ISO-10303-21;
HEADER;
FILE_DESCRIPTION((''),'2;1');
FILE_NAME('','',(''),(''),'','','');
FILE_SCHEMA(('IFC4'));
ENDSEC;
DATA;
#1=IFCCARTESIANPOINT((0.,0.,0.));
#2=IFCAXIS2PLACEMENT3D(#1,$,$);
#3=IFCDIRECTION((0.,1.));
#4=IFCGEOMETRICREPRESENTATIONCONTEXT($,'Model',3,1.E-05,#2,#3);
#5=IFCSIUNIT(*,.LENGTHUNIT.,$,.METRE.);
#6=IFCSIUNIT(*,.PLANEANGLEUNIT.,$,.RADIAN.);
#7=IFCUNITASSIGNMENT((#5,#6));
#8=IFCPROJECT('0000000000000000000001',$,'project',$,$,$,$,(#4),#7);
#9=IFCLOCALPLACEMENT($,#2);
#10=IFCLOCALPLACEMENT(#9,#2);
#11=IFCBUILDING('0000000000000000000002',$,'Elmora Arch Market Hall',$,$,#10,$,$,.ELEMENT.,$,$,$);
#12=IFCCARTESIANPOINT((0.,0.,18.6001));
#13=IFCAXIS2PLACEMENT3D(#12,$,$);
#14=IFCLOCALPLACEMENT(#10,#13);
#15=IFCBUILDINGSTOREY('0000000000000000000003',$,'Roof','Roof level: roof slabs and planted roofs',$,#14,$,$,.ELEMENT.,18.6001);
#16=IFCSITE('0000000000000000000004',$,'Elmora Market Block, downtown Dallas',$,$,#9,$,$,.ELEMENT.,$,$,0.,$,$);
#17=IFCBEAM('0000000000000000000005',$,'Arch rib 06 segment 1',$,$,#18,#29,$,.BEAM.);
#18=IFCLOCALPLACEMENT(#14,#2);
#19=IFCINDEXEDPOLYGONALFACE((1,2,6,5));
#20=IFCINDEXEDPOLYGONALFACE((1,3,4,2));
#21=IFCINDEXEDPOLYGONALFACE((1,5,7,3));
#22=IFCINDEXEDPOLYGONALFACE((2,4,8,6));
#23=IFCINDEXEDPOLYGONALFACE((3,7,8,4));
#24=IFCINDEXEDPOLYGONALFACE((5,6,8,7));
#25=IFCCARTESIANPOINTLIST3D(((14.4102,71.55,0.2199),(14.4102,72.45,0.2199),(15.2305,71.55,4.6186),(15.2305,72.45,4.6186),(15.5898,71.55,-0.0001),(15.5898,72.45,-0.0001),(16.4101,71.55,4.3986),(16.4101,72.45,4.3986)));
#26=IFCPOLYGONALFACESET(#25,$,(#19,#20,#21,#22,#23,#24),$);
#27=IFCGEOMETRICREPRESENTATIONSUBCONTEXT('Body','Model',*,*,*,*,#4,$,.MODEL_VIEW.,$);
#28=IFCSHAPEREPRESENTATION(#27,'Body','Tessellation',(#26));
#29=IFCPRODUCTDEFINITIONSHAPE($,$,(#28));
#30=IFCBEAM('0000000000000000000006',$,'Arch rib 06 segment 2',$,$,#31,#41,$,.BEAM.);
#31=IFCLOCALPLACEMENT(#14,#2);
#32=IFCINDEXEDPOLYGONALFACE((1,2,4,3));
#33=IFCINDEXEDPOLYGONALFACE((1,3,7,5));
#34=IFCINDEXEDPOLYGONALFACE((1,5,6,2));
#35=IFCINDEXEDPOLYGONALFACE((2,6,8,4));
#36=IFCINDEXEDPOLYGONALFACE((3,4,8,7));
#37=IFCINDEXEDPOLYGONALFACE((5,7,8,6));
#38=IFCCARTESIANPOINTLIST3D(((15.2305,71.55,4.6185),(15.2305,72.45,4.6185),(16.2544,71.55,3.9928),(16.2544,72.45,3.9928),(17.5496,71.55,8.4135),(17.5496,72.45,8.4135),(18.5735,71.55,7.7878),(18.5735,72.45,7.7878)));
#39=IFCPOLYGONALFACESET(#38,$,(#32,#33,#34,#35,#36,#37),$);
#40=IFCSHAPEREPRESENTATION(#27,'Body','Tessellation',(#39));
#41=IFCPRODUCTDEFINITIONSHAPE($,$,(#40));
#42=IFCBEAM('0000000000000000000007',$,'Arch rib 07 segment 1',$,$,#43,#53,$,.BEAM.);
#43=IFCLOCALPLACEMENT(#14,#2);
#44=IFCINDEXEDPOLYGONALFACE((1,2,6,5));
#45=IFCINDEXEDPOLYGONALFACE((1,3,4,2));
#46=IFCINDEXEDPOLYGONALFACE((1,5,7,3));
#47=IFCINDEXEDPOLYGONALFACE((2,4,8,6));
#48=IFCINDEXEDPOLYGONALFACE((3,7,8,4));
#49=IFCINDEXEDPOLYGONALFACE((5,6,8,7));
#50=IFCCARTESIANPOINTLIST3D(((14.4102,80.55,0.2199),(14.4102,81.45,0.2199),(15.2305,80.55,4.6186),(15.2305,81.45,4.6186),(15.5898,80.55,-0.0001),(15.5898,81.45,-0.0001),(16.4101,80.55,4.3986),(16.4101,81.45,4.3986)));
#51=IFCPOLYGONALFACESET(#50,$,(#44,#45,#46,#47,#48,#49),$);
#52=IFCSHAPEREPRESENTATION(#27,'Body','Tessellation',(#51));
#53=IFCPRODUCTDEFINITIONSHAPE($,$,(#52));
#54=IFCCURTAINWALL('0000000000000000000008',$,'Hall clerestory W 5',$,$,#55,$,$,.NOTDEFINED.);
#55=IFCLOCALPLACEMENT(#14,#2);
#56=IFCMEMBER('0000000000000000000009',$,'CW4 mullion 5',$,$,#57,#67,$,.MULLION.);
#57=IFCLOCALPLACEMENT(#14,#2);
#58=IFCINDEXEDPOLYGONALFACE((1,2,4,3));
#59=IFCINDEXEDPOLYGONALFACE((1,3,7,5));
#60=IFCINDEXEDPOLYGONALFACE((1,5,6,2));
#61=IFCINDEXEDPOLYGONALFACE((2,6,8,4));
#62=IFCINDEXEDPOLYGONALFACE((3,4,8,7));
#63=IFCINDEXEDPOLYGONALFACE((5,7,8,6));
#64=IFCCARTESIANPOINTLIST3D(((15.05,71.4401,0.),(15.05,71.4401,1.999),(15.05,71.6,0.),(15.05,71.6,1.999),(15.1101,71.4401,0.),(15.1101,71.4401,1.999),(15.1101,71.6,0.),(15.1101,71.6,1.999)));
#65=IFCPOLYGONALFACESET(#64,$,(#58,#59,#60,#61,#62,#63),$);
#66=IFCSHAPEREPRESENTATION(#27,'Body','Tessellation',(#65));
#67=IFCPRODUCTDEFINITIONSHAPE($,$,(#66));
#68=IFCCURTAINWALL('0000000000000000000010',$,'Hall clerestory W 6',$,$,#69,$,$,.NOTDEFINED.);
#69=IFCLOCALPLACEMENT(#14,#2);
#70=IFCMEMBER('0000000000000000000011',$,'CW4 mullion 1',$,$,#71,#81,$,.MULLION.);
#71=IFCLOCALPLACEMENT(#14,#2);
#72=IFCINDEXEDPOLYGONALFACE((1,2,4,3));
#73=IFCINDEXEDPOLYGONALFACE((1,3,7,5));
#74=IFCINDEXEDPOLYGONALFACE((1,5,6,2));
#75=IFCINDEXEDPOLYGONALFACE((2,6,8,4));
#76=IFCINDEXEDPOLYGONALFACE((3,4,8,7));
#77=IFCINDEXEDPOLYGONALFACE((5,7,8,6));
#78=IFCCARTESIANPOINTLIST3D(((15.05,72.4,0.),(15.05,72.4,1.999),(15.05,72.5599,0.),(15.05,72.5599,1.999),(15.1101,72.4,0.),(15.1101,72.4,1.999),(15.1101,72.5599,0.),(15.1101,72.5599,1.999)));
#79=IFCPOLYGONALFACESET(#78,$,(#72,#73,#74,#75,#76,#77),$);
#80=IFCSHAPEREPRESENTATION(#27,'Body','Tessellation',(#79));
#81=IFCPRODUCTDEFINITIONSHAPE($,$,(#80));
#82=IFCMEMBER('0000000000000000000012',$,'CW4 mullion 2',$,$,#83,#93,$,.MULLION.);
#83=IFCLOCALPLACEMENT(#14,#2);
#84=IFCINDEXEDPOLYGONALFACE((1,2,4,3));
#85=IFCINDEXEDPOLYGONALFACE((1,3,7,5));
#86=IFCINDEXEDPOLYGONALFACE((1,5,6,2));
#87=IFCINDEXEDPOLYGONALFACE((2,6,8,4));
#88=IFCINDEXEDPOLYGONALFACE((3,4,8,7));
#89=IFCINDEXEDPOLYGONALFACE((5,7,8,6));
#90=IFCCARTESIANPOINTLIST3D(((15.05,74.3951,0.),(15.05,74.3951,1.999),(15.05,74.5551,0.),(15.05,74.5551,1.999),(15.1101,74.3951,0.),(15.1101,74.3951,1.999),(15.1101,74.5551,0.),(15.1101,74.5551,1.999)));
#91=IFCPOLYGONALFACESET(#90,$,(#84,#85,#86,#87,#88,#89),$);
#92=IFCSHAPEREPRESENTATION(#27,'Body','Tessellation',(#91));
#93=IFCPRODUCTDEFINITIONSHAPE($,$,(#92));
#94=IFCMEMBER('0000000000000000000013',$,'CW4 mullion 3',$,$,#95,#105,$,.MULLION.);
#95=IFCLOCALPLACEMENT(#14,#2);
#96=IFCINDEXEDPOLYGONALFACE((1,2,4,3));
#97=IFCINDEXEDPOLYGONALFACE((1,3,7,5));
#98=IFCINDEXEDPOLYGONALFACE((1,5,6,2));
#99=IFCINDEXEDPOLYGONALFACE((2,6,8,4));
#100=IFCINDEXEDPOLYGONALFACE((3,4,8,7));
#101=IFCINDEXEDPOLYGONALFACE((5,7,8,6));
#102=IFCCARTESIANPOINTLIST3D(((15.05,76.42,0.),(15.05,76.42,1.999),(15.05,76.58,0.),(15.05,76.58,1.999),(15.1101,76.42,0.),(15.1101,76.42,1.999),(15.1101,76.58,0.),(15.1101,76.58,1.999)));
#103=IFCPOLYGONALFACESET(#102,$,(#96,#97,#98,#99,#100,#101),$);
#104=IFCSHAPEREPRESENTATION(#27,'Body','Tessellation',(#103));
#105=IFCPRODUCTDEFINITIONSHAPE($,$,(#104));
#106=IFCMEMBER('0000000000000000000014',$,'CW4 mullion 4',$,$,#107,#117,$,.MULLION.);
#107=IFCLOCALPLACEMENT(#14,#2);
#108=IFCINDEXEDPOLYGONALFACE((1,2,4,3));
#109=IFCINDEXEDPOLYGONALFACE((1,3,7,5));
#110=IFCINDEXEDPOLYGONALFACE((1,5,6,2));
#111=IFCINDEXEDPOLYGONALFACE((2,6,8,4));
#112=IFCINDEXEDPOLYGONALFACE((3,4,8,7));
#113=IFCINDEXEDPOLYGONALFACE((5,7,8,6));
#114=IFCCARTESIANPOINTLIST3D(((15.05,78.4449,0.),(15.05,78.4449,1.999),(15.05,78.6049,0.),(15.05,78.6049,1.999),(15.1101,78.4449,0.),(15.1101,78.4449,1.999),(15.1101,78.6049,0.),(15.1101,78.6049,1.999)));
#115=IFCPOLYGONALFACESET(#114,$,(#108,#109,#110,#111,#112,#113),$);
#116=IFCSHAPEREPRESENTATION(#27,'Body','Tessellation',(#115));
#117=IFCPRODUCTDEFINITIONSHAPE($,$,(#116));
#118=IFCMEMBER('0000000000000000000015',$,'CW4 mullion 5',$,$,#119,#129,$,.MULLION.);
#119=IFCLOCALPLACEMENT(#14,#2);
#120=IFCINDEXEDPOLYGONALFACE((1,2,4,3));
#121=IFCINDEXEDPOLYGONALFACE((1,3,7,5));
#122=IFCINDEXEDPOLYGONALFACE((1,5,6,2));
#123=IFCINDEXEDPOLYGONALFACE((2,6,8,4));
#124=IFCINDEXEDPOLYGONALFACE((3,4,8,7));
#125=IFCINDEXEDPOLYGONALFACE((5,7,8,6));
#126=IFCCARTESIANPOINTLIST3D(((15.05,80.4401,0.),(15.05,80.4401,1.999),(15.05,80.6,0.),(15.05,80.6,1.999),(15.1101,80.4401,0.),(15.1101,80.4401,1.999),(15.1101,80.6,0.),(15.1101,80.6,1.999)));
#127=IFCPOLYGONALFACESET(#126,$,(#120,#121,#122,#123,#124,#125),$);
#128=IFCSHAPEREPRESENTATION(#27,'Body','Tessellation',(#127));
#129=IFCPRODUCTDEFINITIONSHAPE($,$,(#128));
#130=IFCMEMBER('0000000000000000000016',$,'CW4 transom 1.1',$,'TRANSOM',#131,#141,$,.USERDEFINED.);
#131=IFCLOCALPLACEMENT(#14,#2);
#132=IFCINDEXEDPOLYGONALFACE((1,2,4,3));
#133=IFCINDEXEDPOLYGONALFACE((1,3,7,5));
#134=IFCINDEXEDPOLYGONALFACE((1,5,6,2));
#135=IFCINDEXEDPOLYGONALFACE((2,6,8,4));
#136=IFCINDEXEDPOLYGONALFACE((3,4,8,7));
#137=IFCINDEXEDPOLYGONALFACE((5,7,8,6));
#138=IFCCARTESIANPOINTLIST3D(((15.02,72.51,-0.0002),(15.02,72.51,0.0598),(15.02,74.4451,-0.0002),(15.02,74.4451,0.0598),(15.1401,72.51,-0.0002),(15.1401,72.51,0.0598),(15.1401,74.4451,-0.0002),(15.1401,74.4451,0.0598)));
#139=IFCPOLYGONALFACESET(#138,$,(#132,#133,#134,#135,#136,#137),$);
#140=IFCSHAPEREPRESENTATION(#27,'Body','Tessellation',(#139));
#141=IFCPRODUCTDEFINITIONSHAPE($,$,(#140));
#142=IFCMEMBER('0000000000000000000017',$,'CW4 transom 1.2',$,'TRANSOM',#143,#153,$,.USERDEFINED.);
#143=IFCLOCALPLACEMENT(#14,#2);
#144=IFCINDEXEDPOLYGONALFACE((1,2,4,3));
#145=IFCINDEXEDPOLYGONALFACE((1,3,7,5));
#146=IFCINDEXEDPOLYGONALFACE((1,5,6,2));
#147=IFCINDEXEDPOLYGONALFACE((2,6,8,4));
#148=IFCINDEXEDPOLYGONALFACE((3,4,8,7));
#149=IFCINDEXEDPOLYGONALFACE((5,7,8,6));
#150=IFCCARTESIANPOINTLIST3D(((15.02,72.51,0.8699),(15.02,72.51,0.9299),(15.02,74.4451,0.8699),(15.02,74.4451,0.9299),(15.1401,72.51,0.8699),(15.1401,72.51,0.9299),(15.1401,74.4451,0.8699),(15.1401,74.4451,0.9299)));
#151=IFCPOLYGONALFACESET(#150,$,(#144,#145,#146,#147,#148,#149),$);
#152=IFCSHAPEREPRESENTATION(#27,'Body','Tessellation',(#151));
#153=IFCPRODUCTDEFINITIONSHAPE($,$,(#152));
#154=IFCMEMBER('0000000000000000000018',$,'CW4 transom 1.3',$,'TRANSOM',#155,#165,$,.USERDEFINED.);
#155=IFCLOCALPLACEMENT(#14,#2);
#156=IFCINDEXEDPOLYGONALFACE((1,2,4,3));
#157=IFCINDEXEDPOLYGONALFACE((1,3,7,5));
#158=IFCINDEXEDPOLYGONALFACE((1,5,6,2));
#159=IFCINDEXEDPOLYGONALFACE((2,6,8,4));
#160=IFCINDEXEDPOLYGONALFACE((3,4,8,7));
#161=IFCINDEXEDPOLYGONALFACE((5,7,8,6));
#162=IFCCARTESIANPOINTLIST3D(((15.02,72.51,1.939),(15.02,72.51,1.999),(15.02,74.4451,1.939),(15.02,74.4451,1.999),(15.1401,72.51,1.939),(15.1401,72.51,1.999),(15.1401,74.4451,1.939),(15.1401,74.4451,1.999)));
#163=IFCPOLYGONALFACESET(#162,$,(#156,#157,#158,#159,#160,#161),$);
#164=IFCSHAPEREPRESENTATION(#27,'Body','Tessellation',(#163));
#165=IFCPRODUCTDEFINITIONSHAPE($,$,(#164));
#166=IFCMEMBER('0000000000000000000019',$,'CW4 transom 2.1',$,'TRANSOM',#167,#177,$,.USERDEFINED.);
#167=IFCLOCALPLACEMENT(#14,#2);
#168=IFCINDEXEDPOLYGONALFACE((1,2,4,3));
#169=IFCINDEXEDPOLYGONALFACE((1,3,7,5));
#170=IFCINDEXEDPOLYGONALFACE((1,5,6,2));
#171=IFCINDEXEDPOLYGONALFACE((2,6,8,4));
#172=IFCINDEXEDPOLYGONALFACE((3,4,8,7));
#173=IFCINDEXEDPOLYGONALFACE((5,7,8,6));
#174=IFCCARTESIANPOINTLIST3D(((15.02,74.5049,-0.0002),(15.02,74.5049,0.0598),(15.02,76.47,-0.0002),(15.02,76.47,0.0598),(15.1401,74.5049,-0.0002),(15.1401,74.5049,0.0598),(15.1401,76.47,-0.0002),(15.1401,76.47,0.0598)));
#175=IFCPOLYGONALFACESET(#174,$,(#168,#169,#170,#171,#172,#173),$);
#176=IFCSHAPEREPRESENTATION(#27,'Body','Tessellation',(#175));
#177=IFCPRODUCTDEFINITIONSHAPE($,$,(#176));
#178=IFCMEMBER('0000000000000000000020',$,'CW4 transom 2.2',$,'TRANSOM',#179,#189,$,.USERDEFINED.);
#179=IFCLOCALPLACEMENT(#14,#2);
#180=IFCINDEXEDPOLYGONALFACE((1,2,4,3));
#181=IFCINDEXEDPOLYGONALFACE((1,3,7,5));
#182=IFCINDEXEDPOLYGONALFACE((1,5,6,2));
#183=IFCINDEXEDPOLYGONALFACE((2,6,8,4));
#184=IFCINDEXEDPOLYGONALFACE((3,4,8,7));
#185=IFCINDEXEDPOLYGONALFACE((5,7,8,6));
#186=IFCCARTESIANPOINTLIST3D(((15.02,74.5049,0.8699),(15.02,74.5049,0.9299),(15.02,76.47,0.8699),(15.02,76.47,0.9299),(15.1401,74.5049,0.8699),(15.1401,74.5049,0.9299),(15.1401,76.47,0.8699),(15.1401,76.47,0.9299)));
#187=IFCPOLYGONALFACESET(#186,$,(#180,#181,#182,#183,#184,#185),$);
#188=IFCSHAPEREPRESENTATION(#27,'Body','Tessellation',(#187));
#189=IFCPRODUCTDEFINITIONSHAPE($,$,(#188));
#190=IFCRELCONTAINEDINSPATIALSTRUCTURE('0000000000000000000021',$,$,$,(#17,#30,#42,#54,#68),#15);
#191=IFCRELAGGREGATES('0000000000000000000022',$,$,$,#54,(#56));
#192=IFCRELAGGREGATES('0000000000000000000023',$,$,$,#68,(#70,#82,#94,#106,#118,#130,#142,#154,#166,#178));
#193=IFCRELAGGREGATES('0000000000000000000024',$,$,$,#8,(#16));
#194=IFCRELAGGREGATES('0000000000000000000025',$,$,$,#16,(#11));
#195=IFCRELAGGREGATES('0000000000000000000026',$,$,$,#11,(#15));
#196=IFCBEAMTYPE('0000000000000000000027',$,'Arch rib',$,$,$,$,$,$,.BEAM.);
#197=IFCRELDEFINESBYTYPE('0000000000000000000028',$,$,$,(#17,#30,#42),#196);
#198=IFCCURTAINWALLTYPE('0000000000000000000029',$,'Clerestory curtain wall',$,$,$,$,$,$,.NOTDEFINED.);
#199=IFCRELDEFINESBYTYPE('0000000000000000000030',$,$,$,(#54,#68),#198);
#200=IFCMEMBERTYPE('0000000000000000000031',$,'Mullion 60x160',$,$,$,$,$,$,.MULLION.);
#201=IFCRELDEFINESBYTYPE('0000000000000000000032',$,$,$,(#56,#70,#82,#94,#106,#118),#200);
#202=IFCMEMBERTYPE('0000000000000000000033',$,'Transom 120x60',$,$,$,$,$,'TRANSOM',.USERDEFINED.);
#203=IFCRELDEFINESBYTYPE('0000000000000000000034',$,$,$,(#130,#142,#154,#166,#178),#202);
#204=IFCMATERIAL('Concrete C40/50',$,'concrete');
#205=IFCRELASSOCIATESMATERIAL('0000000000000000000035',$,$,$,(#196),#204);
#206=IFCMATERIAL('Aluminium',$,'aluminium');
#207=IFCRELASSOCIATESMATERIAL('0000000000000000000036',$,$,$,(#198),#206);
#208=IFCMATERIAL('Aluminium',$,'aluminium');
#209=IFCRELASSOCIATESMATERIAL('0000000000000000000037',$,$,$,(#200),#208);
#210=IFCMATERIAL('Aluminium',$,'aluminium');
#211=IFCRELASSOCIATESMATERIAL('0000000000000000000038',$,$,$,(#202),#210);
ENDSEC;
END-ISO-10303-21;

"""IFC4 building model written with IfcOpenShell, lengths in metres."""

from ifc_helpers import new_model, si_unit, direction, frame, origin, origin_2d, place, context, subcontext, project, spatial, rectangle, extrude, material, material_profile, profile_set, type_object, element, aggregate, save


model = new_model("IFC4")

# Units and contexts
model_context = context("Model", 3, precision=1e-05, world=origin(), true_north=direction((0.0, 1.0)))
body_context = subcontext(model_context, "Body", "Model", "MODEL_VIEW")
ifc_project = project(units=[si_unit("LENGTHUNIT", "METRE"), si_unit("PLANEANGLEUNIT", "RADIAN")], contexts=[model_context])

# Site, building, storey
site_placement = place(None, origin())
site = spatial("IfcSite", under=ifc_project, at=site_placement, Name="Elmora Market Block, downtown Dallas", CompositionType="ELEMENT", RefElevation=0.0)
building_placement = place(site_placement, origin())
building = spatial("IfcBuilding", under=site, at=building_placement, Name="Elmora Arch Market Hall", CompositionType="ELEMENT")
storey_placement = place(building_placement, frame((0.0, 0.0, 18.6001)))
storey = spatial("IfcBuildingStorey", under=building, at=storey_placement, Name="Roof", Description="Roof level: roof slabs and planted roofs", CompositionType="ELEMENT", Elevation=18.6001)

# Beams
ifc_material_1 = material(Name="Concrete C40/50", Category="concrete")
ifc_material_profile_1 = material_profile(ifc_material_1, rectangle(XDim=0.8999, YDim=1.2, at=origin_2d()), Name="Arch rib")
ifc_profile_set_1 = profile_set([ifc_material_profile_1], Name="Concrete C40/50")
beam_type = type_object("IfcBeamType", Name="Arch rib", PredefinedType="BEAM", material=ifc_profile_set_1)
beam_1_placement = place(storey_placement, frame((15.0, 72.0, 0.1099), z_axis=(0.18333, 0.0, 0.983051), x_axis=(0.0, 1.0, 0.0)))
element("IfcBeam", 1, at=beam_1_placement, inside=storey, type_object=beam_type, Name="Arch rib 06 segment 1", PredefinedType="BEAM", context=body_context, shape_type="SweptSolid", body=[
    extrude(rectangle(XDim=0.8999, YDim=1.2, at=origin_2d()), origin(), (0.0, 0.0, 1.0), 4.4746),
])
beam_2_placement = place(storey_placement, frame((15.7424, 72.0, 4.3057), z_axis=(0.521446, 0.0, 0.853285), x_axis=(0.0, 1.0, 0.0)))
element("IfcBeam", 2, at=beam_2_placement, inside=storey, type_object=beam_type, Name="Arch rib 06 segment 2", PredefinedType="BEAM", context=body_context, shape_type="SweptSolid", body=[
    extrude(rectangle(XDim=0.8999, YDim=1.2, at=origin_2d()), origin(), (0.0, 0.0, 1.0), 4.4475),
])
beam_3_placement = place(storey_placement, frame((15.0, 81.0, 0.1099), z_axis=(0.18333, 0.0, 0.983051), x_axis=(0.0, 1.0, 0.0)))
element("IfcBeam", 3, at=beam_3_placement, inside=storey, type_object=beam_type, Name="Arch rib 07 segment 1", PredefinedType="BEAM", context=body_context, shape_type="SweptSolid", body=[
    extrude(rectangle(XDim=0.8999, YDim=1.2, at=origin_2d()), origin(), (0.0, 0.0, 1.0), 4.4746),
])

# Curtain wall, member
ifc_material_2 = material(Name="Aluminium", Category="aluminium")
curtain_wall_type = type_object("IfcCurtainWallType", Name="Clerestory curtain wall", PredefinedType="NOTDEFINED", material=ifc_material_2)
curtain_wall_1_placement = place(storey_placement, origin())
curtain_wall_1 = element("IfcCurtainWall", 4, at=curtain_wall_1_placement, inside=storey, type_object=curtain_wall_type, Name="Hall clerestory W 5", PredefinedType="NOTDEFINED")
ifc_material_3 = material(Name="Aluminium", Category="aluminium")
ifc_material_profile_2 = material_profile(ifc_material_3, rectangle(XDim=0.0601, YDim=0.1599, at=origin_2d()), Name="AL 60x160")
ifc_profile_set_2 = profile_set([ifc_material_profile_2], Name="Aluminium")
member_type_1 = type_object("IfcMemberType", Name="Mullion 60x160", PredefinedType="MULLION", material=ifc_profile_set_2)
member_1_placement = place(storey_placement, frame((15.0801, 71.52, 0.0), z_axis=(0.0, 0.0, 1.0), x_axis=(-1.0, 0.0, 0.0)))
member_1 = element("IfcMember", 5, at=member_1_placement, type_object=member_type_1, Name="CW4 mullion 5", PredefinedType="MULLION", context=body_context, shape_type="SweptSolid", body=[
    extrude(rectangle(XDim=0.0601, YDim=0.1599, at=origin_2d()), origin(), (0.0, 0.0, 1.0), 1.999),
])

# Curtain wall, members
curtain_wall_2_placement = place(storey_placement, origin())
curtain_wall_2 = element("IfcCurtainWall", 6, at=curtain_wall_2_placement, inside=storey, type_object=curtain_wall_type, Name="Hall clerestory W 6", PredefinedType="NOTDEFINED")
member_2_placement = place(storey_placement, frame((15.0801, 72.48, 0.0), z_axis=(0.0, 0.0, 1.0), x_axis=(-1.0, 0.0, 0.0)))
member_2 = element("IfcMember", 7, at=member_2_placement, type_object=member_type_1, Name="CW4 mullion 1", PredefinedType="MULLION", context=body_context, shape_type="SweptSolid", body=[
    extrude(rectangle(XDim=0.0601, YDim=0.1599, at=origin_2d()), origin(), (0.0, 0.0, 1.0), 1.999),
])
member_3_placement = place(storey_placement, frame((15.0801, 74.4751, 0.0), z_axis=(0.0, 0.0, 1.0), x_axis=(-1.0, 0.0, 0.0)))
member_3 = element("IfcMember", 8, at=member_3_placement, type_object=member_type_1, Name="CW4 mullion 2", PredefinedType="MULLION", context=body_context, shape_type="SweptSolid", body=[
    extrude(rectangle(XDim=0.0601, YDim=0.1599, at=origin_2d()), origin(), (0.0, 0.0, 1.0), 1.999),
])
member_4_placement = place(storey_placement, frame((15.0801, 76.5, 0.0), z_axis=(0.0, 0.0, 1.0), x_axis=(-1.0, 0.0, 0.0)))
member_4 = element("IfcMember", 9, at=member_4_placement, type_object=member_type_1, Name="CW4 mullion 3", PredefinedType="MULLION", context=body_context, shape_type="SweptSolid", body=[
    extrude(rectangle(XDim=0.0601, YDim=0.1599, at=origin_2d()), origin(), (0.0, 0.0, 1.0), 1.999),
])
member_5_placement = place(storey_placement, frame((15.0801, 78.5249, 0.0), z_axis=(0.0, 0.0, 1.0), x_axis=(-1.0, 0.0, 0.0)))
member_5 = element("IfcMember", 10, at=member_5_placement, type_object=member_type_1, Name="CW4 mullion 4", PredefinedType="MULLION", context=body_context, shape_type="SweptSolid", body=[
    extrude(rectangle(XDim=0.0601, YDim=0.1599, at=origin_2d()), origin(), (0.0, 0.0, 1.0), 1.999),
])
member_6_placement = place(storey_placement, frame((15.0801, 80.52, 0.0), z_axis=(0.0, 0.0, 1.0), x_axis=(-1.0, 0.0, 0.0)))
member_6 = element("IfcMember", 11, at=member_6_placement, type_object=member_type_1, Name="CW4 mullion 5", PredefinedType="MULLION", context=body_context, shape_type="SweptSolid", body=[
    extrude(rectangle(XDim=0.0601, YDim=0.1599, at=origin_2d()), origin(), (0.0, 0.0, 1.0), 1.999),
])
ifc_material_4 = material(Name="Aluminium", Category="aluminium")
ifc_material_profile_3 = material_profile(ifc_material_4, rectangle(XDim=0.1201, YDim=0.0601, at=origin_2d()), Name="AL 120x60")
ifc_profile_set_3 = profile_set([ifc_material_profile_3], Name="Aluminium")
member_type_2 = type_object("IfcMemberType", Name="Transom 120x60", ElementType="TRANSOM", PredefinedType="USERDEFINED", material=ifc_profile_set_3)
member_7_placement = place(storey_placement, frame((15.0801, 72.51, 0.0298), z_axis=(0.0, 1.0, 0.0), x_axis=(-1.0, 0.0, 0.0)))
member_7 = element("IfcMember", 12, at=member_7_placement, type_object=member_type_2, Name="CW4 transom 1.1", ObjectType="TRANSOM", PredefinedType="USERDEFINED", context=body_context, shape_type="SweptSolid", body=[
    extrude(rectangle(XDim=0.1201, YDim=0.0601, at=origin_2d()), origin(), (0.0, 0.0, 1.0), 1.9351),
])
member_8_placement = place(storey_placement, frame((15.0801, 72.51, 0.8999), z_axis=(0.0, 1.0, 0.0), x_axis=(-1.0, 0.0, 0.0)))
member_8 = element("IfcMember", 13, at=member_8_placement, type_object=member_type_2, Name="CW4 transom 1.2", ObjectType="TRANSOM", PredefinedType="USERDEFINED", context=body_context, shape_type="SweptSolid", body=[
    extrude(rectangle(XDim=0.1201, YDim=0.0601, at=origin_2d()), origin(), (0.0, 0.0, 1.0), 1.9351),
])
member_9_placement = place(storey_placement, frame((15.0801, 72.51, 1.969), z_axis=(0.0, 1.0, 0.0), x_axis=(-1.0, 0.0, 0.0)))
member_9 = element("IfcMember", 14, at=member_9_placement, type_object=member_type_2, Name="CW4 transom 1.3", ObjectType="TRANSOM", PredefinedType="USERDEFINED", context=body_context, shape_type="SweptSolid", body=[
    extrude(rectangle(XDim=0.1201, YDim=0.0601, at=origin_2d()), origin(), (0.0, 0.0, 1.0), 1.9351),
])
member_10_placement = place(storey_placement, frame((15.0801, 74.5049, 0.0298), z_axis=(0.0, 1.0, 0.0), x_axis=(-1.0, 0.0, 0.0)))
member_10 = element("IfcMember", 15, at=member_10_placement, type_object=member_type_2, Name="CW4 transom 2.1", ObjectType="TRANSOM", PredefinedType="USERDEFINED", context=body_context, shape_type="SweptSolid", body=[
    extrude(rectangle(XDim=0.1201, YDim=0.0601, at=origin_2d()), origin(), (0.0, 0.0, 1.0), 1.9651),
])
member_11_placement = place(storey_placement, frame((15.0801, 74.5049, 0.8999), z_axis=(0.0, 1.0, 0.0), x_axis=(-1.0, 0.0, 0.0)))
member_11 = element("IfcMember", 16, at=member_11_placement, type_object=member_type_2, Name="CW4 transom 2.2", ObjectType="TRANSOM", PredefinedType="USERDEFINED", context=body_context, shape_type="SweptSolid", body=[
    extrude(rectangle(XDim=0.1201, YDim=0.0601, at=origin_2d()), origin(), (0.0, 0.0, 1.0), 1.9651),
])

aggregate(curtain_wall_1, [member_1])
aggregate(curtain_wall_2, [member_2, member_3, member_4, member_5, member_6, member_7, member_8, member_9, member_10, member_11])

save(model, "model.ifc")
